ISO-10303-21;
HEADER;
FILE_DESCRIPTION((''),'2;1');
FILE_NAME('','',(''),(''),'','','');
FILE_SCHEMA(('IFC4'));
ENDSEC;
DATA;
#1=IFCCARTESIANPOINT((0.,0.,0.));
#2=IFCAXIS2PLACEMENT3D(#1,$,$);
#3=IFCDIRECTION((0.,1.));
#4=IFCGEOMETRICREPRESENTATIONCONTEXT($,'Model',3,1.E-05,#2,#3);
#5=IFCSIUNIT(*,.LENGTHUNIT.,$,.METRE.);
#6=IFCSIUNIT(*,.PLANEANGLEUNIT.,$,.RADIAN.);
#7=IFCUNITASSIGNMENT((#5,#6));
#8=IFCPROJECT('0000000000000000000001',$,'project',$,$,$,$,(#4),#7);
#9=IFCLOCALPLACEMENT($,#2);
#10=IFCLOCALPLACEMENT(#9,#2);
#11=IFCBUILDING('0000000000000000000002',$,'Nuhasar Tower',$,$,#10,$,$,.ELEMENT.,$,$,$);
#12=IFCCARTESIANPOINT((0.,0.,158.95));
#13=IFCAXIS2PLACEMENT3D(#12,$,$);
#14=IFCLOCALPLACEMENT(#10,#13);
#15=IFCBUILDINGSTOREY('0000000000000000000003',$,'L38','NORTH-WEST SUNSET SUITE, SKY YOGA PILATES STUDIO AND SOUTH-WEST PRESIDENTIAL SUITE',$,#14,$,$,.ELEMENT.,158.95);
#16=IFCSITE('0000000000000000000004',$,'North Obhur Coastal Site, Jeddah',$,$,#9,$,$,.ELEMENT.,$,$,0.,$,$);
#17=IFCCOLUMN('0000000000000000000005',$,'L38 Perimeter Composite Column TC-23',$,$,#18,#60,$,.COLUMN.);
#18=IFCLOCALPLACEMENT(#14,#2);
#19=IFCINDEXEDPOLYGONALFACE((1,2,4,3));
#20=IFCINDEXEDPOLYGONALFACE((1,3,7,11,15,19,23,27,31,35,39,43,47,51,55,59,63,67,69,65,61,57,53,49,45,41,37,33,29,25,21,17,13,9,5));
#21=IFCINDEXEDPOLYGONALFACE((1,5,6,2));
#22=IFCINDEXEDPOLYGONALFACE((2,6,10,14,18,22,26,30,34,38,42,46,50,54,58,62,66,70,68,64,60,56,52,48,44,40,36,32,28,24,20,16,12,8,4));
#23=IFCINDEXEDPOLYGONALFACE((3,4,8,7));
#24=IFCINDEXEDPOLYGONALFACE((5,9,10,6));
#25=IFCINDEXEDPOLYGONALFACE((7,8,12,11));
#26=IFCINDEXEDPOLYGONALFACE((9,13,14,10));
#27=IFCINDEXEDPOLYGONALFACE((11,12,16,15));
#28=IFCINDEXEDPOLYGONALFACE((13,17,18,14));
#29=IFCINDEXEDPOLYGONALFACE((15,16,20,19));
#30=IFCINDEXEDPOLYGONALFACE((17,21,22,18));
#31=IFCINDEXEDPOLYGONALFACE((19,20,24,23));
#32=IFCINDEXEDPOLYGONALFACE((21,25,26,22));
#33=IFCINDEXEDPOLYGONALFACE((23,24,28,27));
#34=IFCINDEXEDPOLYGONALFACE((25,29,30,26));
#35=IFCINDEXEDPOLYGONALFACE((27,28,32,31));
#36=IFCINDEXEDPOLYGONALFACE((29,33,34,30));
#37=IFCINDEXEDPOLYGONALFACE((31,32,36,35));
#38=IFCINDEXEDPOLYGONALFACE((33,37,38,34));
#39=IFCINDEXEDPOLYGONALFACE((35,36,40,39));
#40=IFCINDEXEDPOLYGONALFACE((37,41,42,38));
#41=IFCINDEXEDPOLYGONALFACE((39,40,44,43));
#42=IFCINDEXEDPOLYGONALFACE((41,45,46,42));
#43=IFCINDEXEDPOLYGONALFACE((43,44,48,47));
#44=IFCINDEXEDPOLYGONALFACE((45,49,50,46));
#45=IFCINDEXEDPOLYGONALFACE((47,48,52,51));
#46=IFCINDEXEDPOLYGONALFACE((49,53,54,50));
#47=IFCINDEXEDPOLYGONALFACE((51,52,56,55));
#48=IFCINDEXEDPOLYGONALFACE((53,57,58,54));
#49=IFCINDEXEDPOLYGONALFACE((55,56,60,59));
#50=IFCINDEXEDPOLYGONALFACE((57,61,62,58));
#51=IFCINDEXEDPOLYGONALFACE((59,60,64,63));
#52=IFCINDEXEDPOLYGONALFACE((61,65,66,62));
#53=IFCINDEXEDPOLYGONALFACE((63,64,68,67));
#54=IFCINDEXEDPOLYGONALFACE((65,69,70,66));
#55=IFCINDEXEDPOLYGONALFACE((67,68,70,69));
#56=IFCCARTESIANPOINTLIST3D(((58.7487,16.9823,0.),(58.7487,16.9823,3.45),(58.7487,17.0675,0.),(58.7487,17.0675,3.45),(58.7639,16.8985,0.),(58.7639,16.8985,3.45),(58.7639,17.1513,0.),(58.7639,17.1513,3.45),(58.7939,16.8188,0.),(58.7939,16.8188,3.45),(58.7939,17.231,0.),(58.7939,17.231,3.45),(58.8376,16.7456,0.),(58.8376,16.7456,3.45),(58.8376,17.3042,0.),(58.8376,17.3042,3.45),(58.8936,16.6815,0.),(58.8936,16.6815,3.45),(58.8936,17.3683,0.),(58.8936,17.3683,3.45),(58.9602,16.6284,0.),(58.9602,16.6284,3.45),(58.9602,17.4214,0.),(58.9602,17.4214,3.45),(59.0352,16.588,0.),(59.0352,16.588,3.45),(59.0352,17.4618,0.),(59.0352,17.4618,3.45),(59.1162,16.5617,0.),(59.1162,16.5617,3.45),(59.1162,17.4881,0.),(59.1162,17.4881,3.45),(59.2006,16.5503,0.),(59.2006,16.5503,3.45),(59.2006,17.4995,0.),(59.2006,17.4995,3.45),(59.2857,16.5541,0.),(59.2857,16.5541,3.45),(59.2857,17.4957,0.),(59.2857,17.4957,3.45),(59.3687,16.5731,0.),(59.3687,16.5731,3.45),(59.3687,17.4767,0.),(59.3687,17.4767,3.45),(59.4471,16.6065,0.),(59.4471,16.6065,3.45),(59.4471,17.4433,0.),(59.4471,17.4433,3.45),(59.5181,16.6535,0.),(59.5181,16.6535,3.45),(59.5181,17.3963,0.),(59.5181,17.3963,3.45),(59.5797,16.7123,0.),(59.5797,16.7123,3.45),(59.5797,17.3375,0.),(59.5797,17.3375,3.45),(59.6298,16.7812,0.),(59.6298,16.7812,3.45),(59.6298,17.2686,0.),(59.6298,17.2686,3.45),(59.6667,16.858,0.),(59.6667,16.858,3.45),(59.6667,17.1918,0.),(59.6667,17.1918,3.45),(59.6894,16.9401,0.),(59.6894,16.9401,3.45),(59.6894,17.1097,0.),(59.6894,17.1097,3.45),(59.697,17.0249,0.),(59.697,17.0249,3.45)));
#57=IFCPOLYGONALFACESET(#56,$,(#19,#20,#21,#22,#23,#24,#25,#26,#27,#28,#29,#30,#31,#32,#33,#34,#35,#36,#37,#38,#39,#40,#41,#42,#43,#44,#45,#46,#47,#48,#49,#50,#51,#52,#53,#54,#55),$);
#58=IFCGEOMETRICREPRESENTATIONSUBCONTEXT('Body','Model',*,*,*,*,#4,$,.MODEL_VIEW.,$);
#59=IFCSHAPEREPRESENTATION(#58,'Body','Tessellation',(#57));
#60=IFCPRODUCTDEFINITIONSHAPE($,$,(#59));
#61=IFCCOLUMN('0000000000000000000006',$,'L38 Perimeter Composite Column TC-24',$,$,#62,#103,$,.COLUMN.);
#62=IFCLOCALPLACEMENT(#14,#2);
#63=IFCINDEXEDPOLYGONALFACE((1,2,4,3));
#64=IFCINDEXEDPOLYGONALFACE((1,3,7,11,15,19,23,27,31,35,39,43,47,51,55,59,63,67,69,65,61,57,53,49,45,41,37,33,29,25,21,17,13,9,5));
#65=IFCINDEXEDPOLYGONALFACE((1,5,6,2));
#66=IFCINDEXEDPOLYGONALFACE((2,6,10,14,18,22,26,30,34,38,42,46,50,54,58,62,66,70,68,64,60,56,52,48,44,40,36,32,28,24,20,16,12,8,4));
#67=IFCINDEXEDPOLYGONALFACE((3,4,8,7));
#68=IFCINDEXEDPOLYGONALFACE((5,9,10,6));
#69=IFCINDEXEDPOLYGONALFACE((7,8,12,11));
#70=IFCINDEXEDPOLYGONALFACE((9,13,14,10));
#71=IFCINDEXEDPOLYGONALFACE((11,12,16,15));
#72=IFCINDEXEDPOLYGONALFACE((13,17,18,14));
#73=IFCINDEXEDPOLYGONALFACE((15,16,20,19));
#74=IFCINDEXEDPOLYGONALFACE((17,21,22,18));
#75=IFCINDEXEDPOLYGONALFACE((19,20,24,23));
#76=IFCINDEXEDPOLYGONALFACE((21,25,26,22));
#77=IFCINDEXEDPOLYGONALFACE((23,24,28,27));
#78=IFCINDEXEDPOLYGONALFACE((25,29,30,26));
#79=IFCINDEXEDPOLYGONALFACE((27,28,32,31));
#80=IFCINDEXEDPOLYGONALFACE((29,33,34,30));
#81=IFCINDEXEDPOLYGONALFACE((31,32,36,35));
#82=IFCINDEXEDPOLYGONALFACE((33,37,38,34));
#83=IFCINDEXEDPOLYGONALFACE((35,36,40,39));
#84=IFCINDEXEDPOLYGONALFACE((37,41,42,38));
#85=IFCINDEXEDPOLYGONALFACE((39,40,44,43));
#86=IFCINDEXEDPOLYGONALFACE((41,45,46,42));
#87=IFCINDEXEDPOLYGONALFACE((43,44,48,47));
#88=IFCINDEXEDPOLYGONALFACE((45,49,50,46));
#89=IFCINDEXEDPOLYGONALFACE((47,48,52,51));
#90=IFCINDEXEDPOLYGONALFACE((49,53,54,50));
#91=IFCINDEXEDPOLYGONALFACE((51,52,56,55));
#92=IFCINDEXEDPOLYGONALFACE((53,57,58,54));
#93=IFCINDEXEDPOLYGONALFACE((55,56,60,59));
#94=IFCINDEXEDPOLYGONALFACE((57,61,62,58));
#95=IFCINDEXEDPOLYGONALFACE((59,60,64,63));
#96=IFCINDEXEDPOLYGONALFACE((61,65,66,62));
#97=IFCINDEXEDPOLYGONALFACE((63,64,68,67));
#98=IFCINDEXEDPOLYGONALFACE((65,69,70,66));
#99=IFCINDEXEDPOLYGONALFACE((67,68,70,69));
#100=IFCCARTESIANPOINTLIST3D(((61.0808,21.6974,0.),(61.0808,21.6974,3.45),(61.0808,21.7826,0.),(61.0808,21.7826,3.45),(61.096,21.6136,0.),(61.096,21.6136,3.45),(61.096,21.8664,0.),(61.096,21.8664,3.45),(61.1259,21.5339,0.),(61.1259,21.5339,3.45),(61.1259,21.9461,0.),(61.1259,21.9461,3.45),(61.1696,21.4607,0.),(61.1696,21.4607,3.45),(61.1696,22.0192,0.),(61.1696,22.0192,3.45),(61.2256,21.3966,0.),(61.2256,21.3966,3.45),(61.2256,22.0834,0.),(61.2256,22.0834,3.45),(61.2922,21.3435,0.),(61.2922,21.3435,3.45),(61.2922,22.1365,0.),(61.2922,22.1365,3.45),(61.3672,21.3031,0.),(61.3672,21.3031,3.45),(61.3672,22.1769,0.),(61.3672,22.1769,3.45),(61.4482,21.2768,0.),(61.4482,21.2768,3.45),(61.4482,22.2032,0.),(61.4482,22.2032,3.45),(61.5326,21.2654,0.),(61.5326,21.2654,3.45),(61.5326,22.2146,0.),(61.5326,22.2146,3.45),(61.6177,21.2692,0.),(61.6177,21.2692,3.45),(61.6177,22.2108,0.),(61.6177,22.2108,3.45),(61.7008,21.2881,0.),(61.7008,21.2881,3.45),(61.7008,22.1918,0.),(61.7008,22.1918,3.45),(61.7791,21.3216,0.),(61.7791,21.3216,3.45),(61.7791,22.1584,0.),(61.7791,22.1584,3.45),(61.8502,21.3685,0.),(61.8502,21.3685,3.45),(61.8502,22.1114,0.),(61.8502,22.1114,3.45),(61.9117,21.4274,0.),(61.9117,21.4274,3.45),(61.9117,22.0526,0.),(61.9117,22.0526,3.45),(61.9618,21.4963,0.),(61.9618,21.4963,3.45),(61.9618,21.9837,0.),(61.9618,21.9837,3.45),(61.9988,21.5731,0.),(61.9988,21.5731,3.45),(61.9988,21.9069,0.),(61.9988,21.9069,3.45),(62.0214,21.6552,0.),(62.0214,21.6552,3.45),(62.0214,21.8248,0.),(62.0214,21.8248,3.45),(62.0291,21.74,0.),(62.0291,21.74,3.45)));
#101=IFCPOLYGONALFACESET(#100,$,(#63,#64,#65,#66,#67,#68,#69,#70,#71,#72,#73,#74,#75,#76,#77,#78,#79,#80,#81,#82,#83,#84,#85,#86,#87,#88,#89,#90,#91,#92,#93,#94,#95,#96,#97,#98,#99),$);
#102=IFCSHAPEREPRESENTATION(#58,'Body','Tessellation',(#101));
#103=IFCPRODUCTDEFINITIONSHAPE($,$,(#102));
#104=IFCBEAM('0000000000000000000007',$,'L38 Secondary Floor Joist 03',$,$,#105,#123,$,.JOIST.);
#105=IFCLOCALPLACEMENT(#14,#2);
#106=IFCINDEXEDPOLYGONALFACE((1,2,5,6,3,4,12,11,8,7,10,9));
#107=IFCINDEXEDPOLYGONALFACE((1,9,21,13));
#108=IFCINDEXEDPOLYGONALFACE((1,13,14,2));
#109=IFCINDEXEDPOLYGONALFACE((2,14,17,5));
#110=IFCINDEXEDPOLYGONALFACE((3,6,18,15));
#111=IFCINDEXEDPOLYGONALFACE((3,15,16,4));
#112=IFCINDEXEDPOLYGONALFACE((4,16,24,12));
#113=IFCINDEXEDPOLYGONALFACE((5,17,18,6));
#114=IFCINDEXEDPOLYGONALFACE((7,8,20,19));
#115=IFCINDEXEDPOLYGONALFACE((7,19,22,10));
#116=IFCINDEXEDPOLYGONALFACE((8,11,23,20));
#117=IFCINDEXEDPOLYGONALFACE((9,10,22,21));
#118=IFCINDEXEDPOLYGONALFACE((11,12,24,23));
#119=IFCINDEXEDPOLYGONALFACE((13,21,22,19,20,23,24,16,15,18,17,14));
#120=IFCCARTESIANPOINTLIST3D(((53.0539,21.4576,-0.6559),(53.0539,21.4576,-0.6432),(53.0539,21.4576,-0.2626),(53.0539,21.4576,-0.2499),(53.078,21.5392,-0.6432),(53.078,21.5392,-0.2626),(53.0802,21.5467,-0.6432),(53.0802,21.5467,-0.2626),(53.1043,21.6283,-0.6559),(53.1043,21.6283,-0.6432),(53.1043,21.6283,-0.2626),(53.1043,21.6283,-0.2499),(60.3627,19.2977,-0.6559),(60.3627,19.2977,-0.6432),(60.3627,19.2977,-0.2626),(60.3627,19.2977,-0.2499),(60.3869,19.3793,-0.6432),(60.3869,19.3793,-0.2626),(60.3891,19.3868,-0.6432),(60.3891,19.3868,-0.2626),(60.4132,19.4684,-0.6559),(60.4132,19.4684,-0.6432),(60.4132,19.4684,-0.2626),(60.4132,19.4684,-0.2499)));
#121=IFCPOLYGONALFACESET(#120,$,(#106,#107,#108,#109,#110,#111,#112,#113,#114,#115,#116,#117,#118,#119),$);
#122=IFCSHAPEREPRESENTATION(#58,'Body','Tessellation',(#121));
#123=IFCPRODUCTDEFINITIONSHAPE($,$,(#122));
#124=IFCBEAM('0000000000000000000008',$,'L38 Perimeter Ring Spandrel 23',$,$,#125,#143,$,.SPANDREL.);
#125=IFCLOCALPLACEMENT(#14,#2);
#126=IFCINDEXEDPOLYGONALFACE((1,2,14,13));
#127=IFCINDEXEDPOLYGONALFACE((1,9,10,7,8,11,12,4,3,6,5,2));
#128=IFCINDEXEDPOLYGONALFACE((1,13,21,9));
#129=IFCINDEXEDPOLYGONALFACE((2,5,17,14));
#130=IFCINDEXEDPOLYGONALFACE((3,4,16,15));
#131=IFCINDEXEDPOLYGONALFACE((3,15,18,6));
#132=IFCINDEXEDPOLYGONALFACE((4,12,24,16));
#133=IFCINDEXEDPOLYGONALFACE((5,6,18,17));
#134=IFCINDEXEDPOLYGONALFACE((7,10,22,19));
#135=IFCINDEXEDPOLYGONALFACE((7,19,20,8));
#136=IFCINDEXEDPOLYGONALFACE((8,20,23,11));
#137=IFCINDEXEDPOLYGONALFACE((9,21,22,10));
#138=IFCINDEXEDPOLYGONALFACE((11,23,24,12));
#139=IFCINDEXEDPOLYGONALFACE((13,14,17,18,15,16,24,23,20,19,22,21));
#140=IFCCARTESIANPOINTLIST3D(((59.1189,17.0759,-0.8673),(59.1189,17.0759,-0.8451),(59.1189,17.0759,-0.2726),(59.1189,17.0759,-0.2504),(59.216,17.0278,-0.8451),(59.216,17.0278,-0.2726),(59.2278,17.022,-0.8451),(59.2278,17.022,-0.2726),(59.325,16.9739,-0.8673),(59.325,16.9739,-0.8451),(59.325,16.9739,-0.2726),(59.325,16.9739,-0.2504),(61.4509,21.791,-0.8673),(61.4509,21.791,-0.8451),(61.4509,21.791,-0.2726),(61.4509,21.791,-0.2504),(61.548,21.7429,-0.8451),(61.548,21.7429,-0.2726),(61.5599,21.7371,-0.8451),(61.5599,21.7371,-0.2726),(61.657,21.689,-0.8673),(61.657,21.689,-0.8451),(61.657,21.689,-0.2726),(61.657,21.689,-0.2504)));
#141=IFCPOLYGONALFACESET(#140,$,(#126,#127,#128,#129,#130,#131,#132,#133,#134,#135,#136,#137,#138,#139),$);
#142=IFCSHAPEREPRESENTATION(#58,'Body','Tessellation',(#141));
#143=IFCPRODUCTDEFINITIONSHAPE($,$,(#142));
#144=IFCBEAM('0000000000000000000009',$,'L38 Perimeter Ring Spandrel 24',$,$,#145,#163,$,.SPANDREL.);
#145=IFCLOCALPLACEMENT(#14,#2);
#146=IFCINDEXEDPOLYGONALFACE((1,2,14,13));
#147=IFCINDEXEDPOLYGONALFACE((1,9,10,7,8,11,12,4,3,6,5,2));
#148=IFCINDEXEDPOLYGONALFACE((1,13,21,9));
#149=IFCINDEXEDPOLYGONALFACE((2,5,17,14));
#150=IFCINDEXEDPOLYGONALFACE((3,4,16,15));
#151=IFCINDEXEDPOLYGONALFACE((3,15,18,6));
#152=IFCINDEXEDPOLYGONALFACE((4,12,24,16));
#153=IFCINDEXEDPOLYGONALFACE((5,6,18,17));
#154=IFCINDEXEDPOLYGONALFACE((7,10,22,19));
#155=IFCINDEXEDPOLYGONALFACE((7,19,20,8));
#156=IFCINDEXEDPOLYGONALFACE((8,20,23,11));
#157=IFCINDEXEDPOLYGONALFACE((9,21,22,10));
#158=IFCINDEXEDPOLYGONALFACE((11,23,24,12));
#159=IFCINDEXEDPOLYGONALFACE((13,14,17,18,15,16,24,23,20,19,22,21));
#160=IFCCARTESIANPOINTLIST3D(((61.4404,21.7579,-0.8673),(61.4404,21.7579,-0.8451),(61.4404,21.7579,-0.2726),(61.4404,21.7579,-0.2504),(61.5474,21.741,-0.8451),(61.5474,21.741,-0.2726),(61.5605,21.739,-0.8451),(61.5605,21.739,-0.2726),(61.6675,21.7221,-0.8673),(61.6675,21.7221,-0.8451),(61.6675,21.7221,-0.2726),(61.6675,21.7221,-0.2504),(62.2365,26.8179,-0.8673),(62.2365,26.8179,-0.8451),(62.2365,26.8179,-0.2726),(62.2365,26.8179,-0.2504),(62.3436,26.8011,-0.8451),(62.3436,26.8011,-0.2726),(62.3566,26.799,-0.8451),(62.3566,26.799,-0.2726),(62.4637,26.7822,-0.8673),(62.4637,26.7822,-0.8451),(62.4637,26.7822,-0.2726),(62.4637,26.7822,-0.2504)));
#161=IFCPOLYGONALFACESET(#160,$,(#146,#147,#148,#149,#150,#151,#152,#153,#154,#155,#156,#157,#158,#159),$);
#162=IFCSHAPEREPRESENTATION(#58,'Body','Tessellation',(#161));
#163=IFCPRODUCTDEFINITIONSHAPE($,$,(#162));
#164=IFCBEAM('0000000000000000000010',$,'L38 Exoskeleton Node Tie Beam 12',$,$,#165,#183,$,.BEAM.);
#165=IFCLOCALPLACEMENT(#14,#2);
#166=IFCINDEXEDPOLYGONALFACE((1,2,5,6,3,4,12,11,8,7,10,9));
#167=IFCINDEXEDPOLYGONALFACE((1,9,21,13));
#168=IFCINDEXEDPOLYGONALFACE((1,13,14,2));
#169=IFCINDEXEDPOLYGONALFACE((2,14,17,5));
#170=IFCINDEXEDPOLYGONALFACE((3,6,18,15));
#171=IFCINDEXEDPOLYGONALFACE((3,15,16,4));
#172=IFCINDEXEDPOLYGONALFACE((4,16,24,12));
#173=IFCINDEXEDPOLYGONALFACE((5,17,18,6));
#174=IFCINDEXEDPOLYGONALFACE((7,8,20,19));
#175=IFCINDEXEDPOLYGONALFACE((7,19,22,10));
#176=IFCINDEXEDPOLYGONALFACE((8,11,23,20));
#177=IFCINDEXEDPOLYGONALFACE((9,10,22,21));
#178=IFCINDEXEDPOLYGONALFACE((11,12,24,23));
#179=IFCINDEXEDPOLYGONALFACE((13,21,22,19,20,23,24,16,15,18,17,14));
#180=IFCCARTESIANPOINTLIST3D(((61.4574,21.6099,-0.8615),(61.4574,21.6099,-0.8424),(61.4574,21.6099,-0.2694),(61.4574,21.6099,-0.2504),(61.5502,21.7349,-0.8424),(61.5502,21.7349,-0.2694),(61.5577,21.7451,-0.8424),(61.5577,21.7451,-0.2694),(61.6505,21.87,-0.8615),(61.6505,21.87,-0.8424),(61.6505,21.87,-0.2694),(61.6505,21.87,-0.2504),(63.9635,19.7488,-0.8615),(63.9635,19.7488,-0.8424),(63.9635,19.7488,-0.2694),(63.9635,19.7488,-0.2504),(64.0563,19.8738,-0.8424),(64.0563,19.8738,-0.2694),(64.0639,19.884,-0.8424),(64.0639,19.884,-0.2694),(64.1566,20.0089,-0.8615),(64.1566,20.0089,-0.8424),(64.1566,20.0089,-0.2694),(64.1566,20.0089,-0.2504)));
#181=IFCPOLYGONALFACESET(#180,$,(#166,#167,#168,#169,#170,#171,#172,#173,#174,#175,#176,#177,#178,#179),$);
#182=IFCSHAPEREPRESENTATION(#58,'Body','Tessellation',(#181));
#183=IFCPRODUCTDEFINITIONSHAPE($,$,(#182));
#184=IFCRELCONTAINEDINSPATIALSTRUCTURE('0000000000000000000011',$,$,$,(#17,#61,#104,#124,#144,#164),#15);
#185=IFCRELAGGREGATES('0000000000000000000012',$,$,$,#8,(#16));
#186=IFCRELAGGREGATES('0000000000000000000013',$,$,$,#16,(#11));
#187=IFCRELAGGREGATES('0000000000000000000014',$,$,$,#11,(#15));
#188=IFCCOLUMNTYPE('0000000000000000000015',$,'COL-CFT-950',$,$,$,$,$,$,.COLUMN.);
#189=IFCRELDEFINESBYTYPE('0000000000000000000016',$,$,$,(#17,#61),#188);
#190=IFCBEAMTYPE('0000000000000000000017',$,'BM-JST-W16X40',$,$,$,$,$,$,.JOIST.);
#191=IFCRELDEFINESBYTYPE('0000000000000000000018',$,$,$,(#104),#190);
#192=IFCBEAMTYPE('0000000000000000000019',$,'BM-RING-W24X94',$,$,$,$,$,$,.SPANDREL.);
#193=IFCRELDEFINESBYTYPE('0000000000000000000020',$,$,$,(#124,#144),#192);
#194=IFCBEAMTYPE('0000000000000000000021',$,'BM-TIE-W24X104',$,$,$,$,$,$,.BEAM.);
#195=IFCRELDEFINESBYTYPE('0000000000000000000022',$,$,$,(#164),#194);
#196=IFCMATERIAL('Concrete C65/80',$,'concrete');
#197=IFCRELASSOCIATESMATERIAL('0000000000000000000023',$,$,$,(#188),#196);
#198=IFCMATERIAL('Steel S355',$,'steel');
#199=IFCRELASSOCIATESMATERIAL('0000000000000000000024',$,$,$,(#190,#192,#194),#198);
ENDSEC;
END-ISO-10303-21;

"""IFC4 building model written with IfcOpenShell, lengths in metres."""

from ifc_helpers import new_model, si_unit, direction, frame, origin, origin_2d, place, context, subcontext, project, spatial, circle, i_section, extrude, material, material_profile, profile_set, type_object, element, save


model = new_model("IFC4")

# Units and contexts
model_context = context("Model", 3, precision=1e-05, world=origin(), true_north=direction((0.0, 1.0)))
body_context = subcontext(model_context, "Body", "Model", "MODEL_VIEW")
ifc_project = project(units=[si_unit("LENGTHUNIT", "METRE"), si_unit("PLANEANGLEUNIT", "RADIAN")], contexts=[model_context])

# Site, building, storey
site_placement = place(None, origin())
site = spatial("IfcSite", under=ifc_project, at=site_placement, Name="North Obhur Coastal Site, Jeddah", CompositionType="ELEMENT", RefElevation=0.0)
building_placement = place(site_placement, origin())
building = spatial("IfcBuilding", under=site, at=building_placement, Name="Nuhasar Tower", CompositionType="ELEMENT")
storey_placement = place(building_placement, frame((0.0, 0.0, 158.95)))
storey = spatial("IfcBuildingStorey", under=building, at=storey_placement, Name="L38", Description="NORTH-WEST SUNSET SUITE, SKY YOGA PILATES STUDIO AND SOUTH-WEST PRESIDENTIAL SUITE", CompositionType="ELEMENT", Elevation=158.95)

# Columns
ifc_material_1 = material(Name="Concrete C65/80", Category="concrete")
ifc_material_profile_1 = material_profile(ifc_material_1, circle(Radius=0.4751, at=origin_2d()), Name="CFT950")
ifc_profile_set_1 = profile_set([ifc_material_profile_1], Name="Concrete C65/80")
column_type = type_object("IfcColumnType", Name="COL-CFT-950", PredefinedType="COLUMN", material=ifc_profile_set_1)
for number, where, z_axis, x_axis, name in (
    (1, (59.2219, 17.0249, 0.0), (0.0, 0.0, 1.0), (1.0, 0.0, 0.0), "L38 Perimeter Composite Column TC-23"),
    (2, (61.554, 21.74, 0.0), (0.0, 0.0, 1.0), (1.0, 0.0, 0.0), "L38 Perimeter Composite Column TC-24"),
):
    element("IfcColumn", number, at=place(storey_placement, frame(where, z_axis=z_axis, x_axis=x_axis)), inside=storey, type_object=column_type, Name=name, PredefinedType="COLUMN", context=body_context, shape_type="SweptSolid", body=[
        extrude(circle(Radius=0.4751, at=origin_2d()), origin(), (0.0, 0.0, 1.0), 3.45),
    ])

# Beams
ifc_material_2 = material(Name="Steel S355", Category="steel")
ifc_material_profile_2 = material_profile(ifc_material_2, i_section(OverallWidth=0.178, OverallDepth=0.406, WebThickness=0.0078, FlangeThickness=0.0127, at=origin_2d()), Name="W16X40")
ifc_profile_set_2 = profile_set([ifc_material_profile_2], Name="Steel S355")
beam_type_1 = type_object("IfcBeamType", Name="BM-JST-W16X40", PredefinedType="JOIST", material=ifc_profile_set_2)
beam_1_placement = place(storey_placement, frame((53.0791, 21.543, -0.4529), z_axis=(0.959, -0.283404, 0.0), x_axis=(0.283404, 0.959, 0.0)))
element("IfcBeam", 3, at=beam_1_placement, inside=storey, type_object=beam_type_1, Name="L38 Secondary Floor Joist 03", PredefinedType="JOIST", context=body_context, shape_type="SweptSolid", body=[
    extrude(i_section(OverallWidth=0.178, OverallDepth=0.406, WebThickness=0.0078, FlangeThickness=0.0127, at=origin_2d()), origin(), (0.0, 0.0, 1.0), 7.6213),
])
ifc_material_profile_3 = material_profile(ifc_material_2, i_section(OverallWidth=0.23, OverallDepth=0.6169, WebThickness=0.0132, FlangeThickness=0.0222, at=origin_2d()), Name="W24X94")
ifc_profile_set_3 = profile_set([ifc_material_profile_3], Name="Steel S355")
beam_type_2 = type_object("IfcBeamType", Name="BM-RING-W24X94", PredefinedType="SPANDREL", material=ifc_profile_set_3)
beam_2_placement = place(storey_placement, frame((59.2219, 17.0249, -0.5588), z_axis=(0.443329, 0.896359, 0.0), x_axis=(-0.896359, 0.443329, 0.0)))
element("IfcBeam", 4, at=beam_2_placement, inside=storey, type_object=beam_type_2, Name="L38 Perimeter Ring Spandrel 23", PredefinedType="SPANDREL", context=body_context, shape_type="SweptSolid", body=[
    extrude(i_section(OverallWidth=0.23, OverallDepth=0.6169, WebThickness=0.0132, FlangeThickness=0.0222, at=origin_2d()), origin(), (0.0, 0.0, 1.0), 5.2603),
])
beam_3_placement = place(storey_placement, frame((61.554, 21.74, -0.5588), z_axis=(0.155427, 0.987847, 0.0), x_axis=(-0.987847, 0.155427, 0.0)))
element("IfcBeam", 5, at=beam_3_placement, inside=storey, type_object=beam_type_2, Name="L38 Perimeter Ring Spandrel 24", PredefinedType="SPANDREL", context=body_context, shape_type="SweptSolid", body=[
    extrude(i_section(OverallWidth=0.23, OverallDepth=0.6169, WebThickness=0.0132, FlangeThickness=0.0222, at=origin_2d()), origin(), (0.0, 0.0, 1.0), 5.1223),
])
ifc_material_profile_4 = material_profile(ifc_material_2, i_section(OverallWidth=0.324, OverallDepth=0.6111, WebThickness=0.0127, FlangeThickness=0.019, at=origin_2d()), Name="W24X104")
ifc_profile_set_4 = profile_set([ifc_material_profile_4], Name="Steel S355")
beam_type_3 = type_object("IfcBeamType", Name="BM-TIE-W24X104", PredefinedType="BEAM", material=ifc_profile_set_4)
beam_4_placement = place(storey_placement, frame((61.554, 21.74, -0.5559), z_axis=(0.802835, -0.596202, 0.0), x_axis=(0.596202, 0.802835, 0.0)))
element("IfcBeam", 6, at=beam_4_placement, inside=storey, type_object=beam_type_3, Name="L38 Exoskeleton Node Tie Beam 12", PredefinedType="BEAM", context=body_context, shape_type="SweptSolid", body=[
    extrude(i_section(OverallWidth=0.324, OverallDepth=0.6111, WebThickness=0.0127, FlangeThickness=0.019, at=origin_2d()), origin(), (0.0, 0.0, 1.0), 3.1216),
])

save(model, "model.ifc")
